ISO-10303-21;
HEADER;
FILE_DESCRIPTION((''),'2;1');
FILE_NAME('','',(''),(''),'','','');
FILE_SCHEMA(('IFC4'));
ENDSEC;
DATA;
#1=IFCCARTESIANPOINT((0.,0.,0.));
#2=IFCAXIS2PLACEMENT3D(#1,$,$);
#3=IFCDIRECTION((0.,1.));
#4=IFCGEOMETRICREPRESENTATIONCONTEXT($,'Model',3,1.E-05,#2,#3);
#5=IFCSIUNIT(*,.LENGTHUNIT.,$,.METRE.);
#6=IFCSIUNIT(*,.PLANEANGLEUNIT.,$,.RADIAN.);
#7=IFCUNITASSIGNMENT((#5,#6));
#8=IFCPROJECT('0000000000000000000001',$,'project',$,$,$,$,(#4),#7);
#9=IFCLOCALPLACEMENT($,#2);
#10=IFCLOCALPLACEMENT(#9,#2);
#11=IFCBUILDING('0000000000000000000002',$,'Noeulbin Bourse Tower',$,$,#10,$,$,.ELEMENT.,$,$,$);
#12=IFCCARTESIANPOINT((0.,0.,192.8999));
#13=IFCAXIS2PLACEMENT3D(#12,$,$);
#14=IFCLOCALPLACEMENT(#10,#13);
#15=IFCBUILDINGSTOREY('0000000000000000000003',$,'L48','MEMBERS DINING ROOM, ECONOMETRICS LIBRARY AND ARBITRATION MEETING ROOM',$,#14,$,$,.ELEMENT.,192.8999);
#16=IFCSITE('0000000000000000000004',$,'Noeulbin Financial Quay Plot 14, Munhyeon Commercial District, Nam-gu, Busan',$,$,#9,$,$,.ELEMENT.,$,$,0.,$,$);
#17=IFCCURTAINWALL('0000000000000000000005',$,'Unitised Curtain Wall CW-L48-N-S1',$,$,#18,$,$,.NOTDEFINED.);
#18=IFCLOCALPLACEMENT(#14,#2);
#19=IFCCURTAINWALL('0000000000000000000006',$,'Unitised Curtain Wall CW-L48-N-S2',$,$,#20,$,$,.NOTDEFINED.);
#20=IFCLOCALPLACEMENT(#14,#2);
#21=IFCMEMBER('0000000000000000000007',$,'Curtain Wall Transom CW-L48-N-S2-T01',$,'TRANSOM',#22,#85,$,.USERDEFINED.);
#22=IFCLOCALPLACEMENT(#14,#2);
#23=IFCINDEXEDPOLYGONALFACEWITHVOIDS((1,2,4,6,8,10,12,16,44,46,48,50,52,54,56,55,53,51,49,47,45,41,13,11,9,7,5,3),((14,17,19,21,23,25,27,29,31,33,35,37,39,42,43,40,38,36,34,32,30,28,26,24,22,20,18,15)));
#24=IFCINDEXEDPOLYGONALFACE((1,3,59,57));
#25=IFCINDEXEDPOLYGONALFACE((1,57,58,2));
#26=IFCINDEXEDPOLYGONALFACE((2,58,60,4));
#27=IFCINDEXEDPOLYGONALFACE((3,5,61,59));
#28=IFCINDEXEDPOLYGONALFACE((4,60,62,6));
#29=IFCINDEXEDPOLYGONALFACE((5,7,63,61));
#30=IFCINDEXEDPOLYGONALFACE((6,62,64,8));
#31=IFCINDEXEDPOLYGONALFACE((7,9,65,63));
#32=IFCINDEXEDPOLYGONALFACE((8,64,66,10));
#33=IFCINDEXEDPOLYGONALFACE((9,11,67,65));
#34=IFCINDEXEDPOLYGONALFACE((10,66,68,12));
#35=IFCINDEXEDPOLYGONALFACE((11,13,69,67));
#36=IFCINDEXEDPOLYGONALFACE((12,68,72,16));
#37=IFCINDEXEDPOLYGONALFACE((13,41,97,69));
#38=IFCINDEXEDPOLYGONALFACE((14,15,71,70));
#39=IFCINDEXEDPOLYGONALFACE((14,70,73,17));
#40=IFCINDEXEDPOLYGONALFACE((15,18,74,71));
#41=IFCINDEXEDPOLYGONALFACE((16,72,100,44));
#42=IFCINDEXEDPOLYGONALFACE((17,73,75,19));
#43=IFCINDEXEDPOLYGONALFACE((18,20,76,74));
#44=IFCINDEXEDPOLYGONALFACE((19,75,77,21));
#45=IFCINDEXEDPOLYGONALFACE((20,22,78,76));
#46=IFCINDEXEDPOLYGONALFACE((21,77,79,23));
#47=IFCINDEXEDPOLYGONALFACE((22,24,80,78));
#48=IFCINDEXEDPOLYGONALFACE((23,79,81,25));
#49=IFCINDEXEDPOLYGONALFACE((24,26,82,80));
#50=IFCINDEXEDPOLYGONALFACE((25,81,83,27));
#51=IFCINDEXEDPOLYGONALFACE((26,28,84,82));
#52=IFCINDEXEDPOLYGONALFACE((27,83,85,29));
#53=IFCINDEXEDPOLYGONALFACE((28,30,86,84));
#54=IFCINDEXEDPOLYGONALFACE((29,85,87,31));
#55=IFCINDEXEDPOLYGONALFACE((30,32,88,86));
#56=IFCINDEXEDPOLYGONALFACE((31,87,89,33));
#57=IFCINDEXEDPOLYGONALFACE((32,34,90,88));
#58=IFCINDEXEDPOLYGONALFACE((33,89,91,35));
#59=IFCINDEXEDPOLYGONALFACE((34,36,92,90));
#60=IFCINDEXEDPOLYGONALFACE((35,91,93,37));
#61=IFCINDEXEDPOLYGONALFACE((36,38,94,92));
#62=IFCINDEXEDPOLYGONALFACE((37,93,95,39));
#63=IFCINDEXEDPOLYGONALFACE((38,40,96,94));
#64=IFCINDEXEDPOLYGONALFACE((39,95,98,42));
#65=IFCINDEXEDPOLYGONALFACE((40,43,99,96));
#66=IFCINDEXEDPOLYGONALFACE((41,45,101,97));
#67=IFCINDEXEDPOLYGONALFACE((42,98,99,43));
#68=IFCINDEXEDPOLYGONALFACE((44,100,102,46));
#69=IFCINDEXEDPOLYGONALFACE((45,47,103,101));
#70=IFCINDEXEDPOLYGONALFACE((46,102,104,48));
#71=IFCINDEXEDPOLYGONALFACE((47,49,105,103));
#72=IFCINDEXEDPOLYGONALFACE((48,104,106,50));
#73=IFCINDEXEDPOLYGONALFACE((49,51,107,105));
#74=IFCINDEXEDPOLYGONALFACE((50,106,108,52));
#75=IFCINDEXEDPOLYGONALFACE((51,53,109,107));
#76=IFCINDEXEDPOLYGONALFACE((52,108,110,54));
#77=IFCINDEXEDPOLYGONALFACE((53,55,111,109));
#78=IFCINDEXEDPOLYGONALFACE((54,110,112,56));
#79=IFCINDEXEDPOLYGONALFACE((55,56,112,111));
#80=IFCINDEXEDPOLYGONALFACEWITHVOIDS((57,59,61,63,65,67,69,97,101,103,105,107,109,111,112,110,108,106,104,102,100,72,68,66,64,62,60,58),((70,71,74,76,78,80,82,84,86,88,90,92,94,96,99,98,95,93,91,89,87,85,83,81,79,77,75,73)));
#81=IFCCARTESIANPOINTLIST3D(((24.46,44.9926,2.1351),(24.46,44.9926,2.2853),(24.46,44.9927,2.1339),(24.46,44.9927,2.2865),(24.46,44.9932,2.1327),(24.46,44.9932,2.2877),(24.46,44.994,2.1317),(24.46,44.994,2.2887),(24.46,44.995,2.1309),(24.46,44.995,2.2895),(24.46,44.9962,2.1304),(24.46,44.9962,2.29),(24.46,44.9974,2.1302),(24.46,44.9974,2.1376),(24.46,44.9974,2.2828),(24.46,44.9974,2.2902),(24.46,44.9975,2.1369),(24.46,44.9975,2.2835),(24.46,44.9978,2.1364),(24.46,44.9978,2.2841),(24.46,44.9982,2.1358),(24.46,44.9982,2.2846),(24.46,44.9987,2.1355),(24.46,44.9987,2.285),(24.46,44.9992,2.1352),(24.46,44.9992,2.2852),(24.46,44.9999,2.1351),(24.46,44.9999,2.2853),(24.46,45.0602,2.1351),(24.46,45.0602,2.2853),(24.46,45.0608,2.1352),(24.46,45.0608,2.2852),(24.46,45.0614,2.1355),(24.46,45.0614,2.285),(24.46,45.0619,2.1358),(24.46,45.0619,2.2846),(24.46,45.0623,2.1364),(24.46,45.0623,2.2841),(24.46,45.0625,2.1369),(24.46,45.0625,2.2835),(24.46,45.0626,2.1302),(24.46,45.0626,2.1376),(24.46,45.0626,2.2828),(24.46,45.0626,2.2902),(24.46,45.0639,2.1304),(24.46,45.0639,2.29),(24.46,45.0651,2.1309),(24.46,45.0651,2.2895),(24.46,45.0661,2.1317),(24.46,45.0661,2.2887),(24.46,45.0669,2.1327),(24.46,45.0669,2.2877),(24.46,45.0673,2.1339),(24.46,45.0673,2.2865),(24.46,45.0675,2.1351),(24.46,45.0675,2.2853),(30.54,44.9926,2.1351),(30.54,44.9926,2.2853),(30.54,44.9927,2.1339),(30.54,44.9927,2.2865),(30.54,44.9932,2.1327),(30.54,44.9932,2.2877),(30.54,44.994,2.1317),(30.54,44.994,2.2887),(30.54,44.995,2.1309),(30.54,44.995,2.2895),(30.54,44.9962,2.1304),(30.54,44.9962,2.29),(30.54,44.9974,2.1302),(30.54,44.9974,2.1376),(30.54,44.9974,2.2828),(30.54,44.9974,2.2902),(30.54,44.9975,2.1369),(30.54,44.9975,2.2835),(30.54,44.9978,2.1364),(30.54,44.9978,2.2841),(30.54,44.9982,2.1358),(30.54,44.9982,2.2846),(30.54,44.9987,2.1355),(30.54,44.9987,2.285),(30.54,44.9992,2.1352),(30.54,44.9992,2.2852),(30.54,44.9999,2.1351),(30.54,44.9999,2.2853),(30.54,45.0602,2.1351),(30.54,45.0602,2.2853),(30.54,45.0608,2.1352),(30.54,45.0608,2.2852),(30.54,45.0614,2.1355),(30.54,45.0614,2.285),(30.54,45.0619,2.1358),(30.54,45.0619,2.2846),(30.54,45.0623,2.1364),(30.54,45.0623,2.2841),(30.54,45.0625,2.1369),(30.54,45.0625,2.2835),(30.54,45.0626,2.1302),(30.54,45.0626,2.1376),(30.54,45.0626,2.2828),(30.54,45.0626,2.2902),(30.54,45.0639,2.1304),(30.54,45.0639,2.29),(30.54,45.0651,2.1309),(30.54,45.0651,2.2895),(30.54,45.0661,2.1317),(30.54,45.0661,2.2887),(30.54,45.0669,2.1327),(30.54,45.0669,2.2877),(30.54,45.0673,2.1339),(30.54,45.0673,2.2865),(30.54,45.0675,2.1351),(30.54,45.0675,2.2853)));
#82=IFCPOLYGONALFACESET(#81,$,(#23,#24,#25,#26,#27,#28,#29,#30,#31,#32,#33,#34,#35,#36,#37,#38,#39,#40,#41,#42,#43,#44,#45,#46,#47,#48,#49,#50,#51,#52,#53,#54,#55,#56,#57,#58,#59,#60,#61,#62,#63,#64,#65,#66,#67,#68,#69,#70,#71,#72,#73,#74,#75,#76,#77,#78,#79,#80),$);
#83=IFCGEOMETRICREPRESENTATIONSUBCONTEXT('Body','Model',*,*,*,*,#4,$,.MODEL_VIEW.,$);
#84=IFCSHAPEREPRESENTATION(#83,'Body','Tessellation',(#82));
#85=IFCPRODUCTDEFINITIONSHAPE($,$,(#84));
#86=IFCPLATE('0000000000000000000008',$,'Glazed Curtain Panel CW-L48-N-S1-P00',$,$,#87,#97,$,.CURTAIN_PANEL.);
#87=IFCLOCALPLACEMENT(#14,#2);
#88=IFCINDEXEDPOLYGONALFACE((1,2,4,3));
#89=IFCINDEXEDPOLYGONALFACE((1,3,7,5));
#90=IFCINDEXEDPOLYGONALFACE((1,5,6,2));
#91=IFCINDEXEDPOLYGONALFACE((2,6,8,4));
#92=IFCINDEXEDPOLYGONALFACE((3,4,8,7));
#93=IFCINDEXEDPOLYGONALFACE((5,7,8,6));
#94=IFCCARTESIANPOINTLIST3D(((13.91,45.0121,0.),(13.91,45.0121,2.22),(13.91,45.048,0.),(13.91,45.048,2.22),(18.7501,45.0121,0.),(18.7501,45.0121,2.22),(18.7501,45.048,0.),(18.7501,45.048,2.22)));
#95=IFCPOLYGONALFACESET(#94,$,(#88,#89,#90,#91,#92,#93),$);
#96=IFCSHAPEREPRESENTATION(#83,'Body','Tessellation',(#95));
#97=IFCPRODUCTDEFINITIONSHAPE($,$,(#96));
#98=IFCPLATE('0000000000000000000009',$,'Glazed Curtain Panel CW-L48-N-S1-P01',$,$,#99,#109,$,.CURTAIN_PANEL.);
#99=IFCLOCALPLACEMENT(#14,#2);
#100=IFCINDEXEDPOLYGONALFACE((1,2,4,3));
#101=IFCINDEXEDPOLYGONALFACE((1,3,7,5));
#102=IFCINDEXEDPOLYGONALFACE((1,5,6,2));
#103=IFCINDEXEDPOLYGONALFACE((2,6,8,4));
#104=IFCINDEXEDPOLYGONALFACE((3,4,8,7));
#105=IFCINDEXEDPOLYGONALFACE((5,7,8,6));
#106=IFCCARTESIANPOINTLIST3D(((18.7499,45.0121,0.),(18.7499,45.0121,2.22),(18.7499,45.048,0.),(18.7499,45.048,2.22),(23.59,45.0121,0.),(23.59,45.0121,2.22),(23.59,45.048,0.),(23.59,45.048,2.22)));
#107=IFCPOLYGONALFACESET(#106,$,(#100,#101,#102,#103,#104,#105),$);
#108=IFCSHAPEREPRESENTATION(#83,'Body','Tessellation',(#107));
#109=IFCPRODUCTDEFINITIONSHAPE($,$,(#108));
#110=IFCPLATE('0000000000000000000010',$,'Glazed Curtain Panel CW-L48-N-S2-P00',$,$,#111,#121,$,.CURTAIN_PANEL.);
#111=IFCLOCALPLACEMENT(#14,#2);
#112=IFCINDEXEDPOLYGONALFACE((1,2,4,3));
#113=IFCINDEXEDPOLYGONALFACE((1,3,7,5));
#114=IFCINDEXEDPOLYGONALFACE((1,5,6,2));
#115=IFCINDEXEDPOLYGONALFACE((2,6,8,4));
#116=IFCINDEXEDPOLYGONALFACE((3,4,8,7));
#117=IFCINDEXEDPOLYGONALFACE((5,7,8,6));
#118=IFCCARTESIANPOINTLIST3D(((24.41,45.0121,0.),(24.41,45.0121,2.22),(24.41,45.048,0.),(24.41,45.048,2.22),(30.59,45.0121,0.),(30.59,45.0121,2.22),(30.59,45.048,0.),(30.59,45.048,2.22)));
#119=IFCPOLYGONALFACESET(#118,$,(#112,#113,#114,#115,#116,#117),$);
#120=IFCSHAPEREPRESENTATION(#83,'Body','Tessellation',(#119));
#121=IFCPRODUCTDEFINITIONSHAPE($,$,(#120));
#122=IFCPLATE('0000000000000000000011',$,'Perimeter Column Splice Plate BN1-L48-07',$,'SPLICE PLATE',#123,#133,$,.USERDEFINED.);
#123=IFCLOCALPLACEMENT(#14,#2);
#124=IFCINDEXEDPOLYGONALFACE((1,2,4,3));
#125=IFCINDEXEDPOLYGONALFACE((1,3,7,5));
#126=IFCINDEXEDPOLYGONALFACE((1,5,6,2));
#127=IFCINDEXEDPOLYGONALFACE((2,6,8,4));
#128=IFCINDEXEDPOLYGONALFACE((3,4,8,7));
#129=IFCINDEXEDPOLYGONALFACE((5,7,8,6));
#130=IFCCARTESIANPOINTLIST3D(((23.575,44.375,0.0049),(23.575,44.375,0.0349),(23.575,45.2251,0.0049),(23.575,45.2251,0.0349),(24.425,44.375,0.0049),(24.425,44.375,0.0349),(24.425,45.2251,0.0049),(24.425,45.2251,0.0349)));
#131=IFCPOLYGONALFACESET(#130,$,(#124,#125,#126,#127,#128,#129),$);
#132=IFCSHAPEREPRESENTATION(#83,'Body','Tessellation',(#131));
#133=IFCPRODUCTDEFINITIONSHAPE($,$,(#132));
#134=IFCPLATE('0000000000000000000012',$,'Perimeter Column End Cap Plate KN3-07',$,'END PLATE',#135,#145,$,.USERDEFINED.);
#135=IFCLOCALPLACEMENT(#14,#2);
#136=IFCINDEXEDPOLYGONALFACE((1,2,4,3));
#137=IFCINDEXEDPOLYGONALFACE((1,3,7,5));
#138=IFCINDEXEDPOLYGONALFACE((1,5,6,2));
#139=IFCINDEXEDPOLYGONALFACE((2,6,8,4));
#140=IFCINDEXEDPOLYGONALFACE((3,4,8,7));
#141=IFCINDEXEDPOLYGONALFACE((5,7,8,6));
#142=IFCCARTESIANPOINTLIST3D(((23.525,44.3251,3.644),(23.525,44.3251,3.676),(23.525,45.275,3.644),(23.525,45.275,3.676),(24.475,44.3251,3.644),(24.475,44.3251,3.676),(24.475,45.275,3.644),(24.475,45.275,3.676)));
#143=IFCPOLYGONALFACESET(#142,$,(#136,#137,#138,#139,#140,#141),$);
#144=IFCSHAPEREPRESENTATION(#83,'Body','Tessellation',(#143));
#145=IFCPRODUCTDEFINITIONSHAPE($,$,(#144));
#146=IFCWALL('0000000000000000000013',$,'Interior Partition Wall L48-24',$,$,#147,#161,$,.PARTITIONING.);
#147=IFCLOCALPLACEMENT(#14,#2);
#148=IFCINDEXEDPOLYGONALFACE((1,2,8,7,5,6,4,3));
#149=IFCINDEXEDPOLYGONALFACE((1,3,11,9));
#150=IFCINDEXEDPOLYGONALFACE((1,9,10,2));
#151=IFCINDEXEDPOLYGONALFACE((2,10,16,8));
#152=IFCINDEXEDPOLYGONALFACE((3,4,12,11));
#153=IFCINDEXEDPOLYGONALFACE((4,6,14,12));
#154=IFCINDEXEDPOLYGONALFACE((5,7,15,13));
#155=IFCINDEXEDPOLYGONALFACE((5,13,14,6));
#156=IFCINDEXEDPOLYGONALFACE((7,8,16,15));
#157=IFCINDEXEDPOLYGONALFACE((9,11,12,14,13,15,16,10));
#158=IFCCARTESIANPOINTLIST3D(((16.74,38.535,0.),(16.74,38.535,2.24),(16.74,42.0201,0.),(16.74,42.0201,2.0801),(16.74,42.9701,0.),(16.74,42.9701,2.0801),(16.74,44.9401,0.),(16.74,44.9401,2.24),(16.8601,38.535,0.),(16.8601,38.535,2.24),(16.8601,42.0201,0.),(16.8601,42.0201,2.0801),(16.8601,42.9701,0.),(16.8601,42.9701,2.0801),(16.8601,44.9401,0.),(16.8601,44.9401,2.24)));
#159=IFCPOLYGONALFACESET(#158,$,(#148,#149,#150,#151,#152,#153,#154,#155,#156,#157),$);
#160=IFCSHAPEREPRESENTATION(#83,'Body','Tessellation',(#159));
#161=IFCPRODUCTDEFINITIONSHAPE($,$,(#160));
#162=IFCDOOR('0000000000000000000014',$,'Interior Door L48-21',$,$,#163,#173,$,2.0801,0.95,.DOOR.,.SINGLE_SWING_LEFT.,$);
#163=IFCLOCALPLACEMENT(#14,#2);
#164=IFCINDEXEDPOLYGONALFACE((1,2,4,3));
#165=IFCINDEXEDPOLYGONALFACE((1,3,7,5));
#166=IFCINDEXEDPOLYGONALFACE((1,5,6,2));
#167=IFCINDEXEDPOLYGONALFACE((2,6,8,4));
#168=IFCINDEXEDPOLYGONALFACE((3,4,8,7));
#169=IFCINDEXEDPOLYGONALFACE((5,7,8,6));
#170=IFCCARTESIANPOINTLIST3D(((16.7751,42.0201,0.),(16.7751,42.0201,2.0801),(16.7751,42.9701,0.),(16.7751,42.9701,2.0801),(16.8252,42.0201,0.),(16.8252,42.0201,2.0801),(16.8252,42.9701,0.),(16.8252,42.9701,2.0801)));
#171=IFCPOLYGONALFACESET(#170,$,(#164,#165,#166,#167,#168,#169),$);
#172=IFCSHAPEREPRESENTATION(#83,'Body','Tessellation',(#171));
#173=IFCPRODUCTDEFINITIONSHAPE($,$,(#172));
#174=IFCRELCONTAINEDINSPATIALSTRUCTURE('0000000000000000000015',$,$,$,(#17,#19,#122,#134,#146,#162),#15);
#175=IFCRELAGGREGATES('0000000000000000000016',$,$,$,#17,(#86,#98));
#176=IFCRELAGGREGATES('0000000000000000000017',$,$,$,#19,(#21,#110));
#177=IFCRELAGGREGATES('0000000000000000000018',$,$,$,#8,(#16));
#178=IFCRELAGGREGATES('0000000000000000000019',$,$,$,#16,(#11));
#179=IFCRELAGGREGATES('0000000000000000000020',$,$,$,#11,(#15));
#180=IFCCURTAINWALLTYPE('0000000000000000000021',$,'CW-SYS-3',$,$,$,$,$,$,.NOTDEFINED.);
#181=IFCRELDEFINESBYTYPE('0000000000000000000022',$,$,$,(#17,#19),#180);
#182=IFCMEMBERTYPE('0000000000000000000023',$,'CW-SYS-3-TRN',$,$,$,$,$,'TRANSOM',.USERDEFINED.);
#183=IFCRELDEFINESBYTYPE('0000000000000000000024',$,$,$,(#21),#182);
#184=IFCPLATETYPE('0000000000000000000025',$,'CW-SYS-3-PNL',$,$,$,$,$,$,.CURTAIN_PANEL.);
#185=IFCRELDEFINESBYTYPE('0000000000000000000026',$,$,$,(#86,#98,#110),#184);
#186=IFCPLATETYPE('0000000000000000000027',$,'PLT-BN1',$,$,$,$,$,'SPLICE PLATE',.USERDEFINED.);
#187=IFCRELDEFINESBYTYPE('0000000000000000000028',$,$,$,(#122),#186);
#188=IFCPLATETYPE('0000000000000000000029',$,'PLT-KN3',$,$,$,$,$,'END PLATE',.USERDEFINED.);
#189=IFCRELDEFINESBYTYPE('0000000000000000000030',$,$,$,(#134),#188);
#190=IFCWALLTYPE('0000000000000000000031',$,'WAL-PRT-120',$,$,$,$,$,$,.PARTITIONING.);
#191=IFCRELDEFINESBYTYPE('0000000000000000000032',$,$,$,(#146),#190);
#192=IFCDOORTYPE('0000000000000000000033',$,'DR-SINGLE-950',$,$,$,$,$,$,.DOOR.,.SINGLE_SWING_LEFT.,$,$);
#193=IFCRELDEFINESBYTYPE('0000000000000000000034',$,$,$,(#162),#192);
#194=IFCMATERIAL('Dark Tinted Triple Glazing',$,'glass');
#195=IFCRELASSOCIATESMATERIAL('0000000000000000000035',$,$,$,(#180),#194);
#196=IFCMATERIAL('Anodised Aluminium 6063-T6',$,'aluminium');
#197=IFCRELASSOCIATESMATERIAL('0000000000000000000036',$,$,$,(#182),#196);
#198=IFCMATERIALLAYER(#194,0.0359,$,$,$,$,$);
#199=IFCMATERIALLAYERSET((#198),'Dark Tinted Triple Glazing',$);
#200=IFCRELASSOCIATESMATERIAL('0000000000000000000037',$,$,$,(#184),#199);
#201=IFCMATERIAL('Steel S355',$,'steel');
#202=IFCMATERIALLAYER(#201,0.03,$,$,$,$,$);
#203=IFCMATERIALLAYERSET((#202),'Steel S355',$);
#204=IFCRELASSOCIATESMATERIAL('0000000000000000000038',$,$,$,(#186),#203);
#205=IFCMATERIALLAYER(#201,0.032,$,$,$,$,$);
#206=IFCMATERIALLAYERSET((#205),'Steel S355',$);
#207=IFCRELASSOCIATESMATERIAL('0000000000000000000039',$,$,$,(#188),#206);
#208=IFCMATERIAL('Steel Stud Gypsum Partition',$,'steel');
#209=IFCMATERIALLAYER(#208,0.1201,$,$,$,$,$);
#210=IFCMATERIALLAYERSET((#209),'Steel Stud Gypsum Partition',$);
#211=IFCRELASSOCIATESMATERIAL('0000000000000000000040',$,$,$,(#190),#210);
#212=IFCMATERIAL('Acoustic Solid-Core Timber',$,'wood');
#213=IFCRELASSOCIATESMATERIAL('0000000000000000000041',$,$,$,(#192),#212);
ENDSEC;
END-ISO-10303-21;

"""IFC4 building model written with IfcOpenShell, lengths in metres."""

from ifc_helpers import new_model, si_unit, direction, frame, frame_2d, origin, origin_2d, place, context, subcontext, project, spatial, rectangle, hollow_rectangle, extrude, material, layer, layer_set, material_profile, profile_set, type_object, element, fill, aggregate, save


model = new_model("IFC4")

# Units and contexts
model_context = context("Model", 3, precision=1e-05, world=origin(), true_north=direction((0.0, 1.0)))
body_context = subcontext(model_context, "Body", "Model", "MODEL_VIEW")
ifc_project = project(units=[si_unit("LENGTHUNIT", "METRE"), si_unit("PLANEANGLEUNIT", "RADIAN")], contexts=[model_context])

# Site, building, storey
site_placement = place(None, origin())
site = spatial("IfcSite", under=ifc_project, at=site_placement, Name="Noeulbin Financial Quay Plot 14, Munhyeon Commercial District, Nam-gu, Busan", CompositionType="ELEMENT", RefElevation=0.0)
building_placement = place(site_placement, origin())
building = spatial("IfcBuilding", under=site, at=building_placement, Name="Noeulbin Bourse Tower", CompositionType="ELEMENT")
storey_placement = place(building_placement, frame((0.0, 0.0, 192.8999)))
storey = spatial("IfcBuildingStorey", under=building, at=storey_placement, Name="L48", Description="MEMBERS DINING ROOM, ECONOMETRICS LIBRARY AND ARBITRATION MEETING ROOM", CompositionType="ELEMENT", Elevation=192.8999)

# Shared definitions
ifc_material_1 = material(Name="Steel S355", Category="steel")

# Curtain walls, member
ifc_material_2 = material(Name="Dark Tinted Triple Glazing", Category="glass")
curtain_wall_type = type_object("IfcCurtainWallType", Name="CW-SYS-3", PredefinedType="NOTDEFINED", material=ifc_material_2)
curtain_wall_1_placement = place(storey_placement, origin())
curtain_wall_1 = element("IfcCurtainWall", 1, at=curtain_wall_1_placement, inside=storey, type_object=curtain_wall_type, Name="Unitised Curtain Wall CW-L48-N-S1", PredefinedType="NOTDEFINED")
ifc_material_3 = material(Name="Anodised Aluminium 6063-T6", Category="aluminium")
curtain_wall_2_placement = place(storey_placement, origin())
curtain_wall_2 = element("IfcCurtainWall", 2, at=curtain_wall_2_placement, inside=storey, type_object=curtain_wall_type, Name="Unitised Curtain Wall CW-L48-N-S2", PredefinedType="NOTDEFINED")
ifc_material_profile_1 = material_profile(ifc_material_3, hollow_rectangle(XDim=0.075, YDim=0.1599, WallThickness=0.0049, InnerFilletRadius=0.0024, OuterFilletRadius=0.0049, at=origin_2d()), Name="ALU-TRAN-75x160x5", Category="LoadBearing")
ifc_profile_set_1 = profile_set([ifc_material_profile_1], Name="Anodised Aluminium 6063-T6")
member_type_1 = type_object("IfcMemberType", Name="CW-SYS-3-TRN", ElementType="TRANSOM", PredefinedType="USERDEFINED", material=ifc_profile_set_1)
member_1_placement = place(storey_placement, frame((24.46, 45.03, 2.2102), z_axis=(1.0, 0.0, 0.0), x_axis=(0.0, 1.0, 0.0)))
member_1 = element("IfcMember", 3, at=member_1_placement, type_object=member_type_1, Name="Curtain Wall Transom CW-L48-N-S2-T01", ObjectType="TRANSOM", PredefinedType="USERDEFINED", context=body_context, shape_type="SweptSolid", body=[
    extrude(hollow_rectangle(XDim=0.075, YDim=0.1599, WallThickness=0.0049, InnerFilletRadius=0.0024, OuterFilletRadius=0.0049, at=origin_2d()), origin(), (0.0, 0.0, 1.0), 6.0801),
])

# Plates
ifc_layer_1 = layer(ifc_material_2, 0.0359)
ifc_layer_set_1 = layer_set([ifc_layer_1], Name="Dark Tinted Triple Glazing")
plate_type_1 = type_object("IfcPlateType", Name="CW-SYS-3-PNL", PredefinedType="CURTAIN_PANEL", material=ifc_layer_set_1)
plate_1_placement = place(storey_placement, frame((16.3301, 45.03, 0.0), z_axis=(0.0, 0.0, 1.0), x_axis=(1.0, 0.0, 0.0)))
plate_1 = element("IfcPlate", 4, at=plate_1_placement, type_object=plate_type_1, Name="Glazed Curtain Panel CW-L48-N-S1-P00", PredefinedType="CURTAIN_PANEL", context=body_context, shape_type="SweptSolid", body=[
    extrude(rectangle(XDim=4.8401, YDim=0.0359, at=origin_2d()), origin(), (0.0, 0.0, 1.0), 2.22),
])
plate_2_placement = place(storey_placement, frame((21.1699, 45.03, 0.0), z_axis=(0.0, 0.0, 1.0), x_axis=(1.0, 0.0, 0.0)))
plate_2 = element("IfcPlate", 5, at=plate_2_placement, type_object=plate_type_1, Name="Glazed Curtain Panel CW-L48-N-S1-P01", PredefinedType="CURTAIN_PANEL", context=body_context, shape_type="SweptSolid", body=[
    extrude(rectangle(XDim=4.8401, YDim=0.0359, at=origin_2d()), origin(), (0.0, 0.0, 1.0), 2.22),
])
aggregate(curtain_wall_1, [plate_1, plate_2])
plate_3_placement = place(storey_placement, frame((27.5, 45.03, 0.0), z_axis=(0.0, 0.0, 1.0), x_axis=(1.0, 0.0, 0.0)))
plate_3 = element("IfcPlate", 6, at=plate_3_placement, type_object=plate_type_1, Name="Glazed Curtain Panel CW-L48-N-S2-P00", PredefinedType="CURTAIN_PANEL", context=body_context, shape_type="SweptSolid", body=[
    extrude(rectangle(XDim=6.1799, YDim=0.0359, at=origin_2d()), origin(), (0.0, 0.0, 1.0), 2.22),
])
aggregate(curtain_wall_2, [member_1, plate_3])

# Plates
ifc_layer_2 = layer(ifc_material_1, 0.03)
ifc_layer_set_2 = layer_set([ifc_layer_2], Name="Steel S355")
plate_type_2 = type_object("IfcPlateType", Name="PLT-BN1", ElementType="SPLICE PLATE", PredefinedType="USERDEFINED", material=ifc_layer_set_2)
plate_4_placement = place(storey_placement, frame((24.0, 44.8, 0.0049), z_axis=(0.0, 0.0, 1.0), x_axis=(1.0, 0.0, 0.0)))
element("IfcPlate", 7, at=plate_4_placement, inside=storey, type_object=plate_type_2, Name="Perimeter Column Splice Plate BN1-L48-07", ObjectType="SPLICE PLATE", PredefinedType="USERDEFINED", context=body_context, shape_type="SweptSolid", body=[
    extrude(rectangle(XDim=0.8501, YDim=0.8501, at=origin_2d()), origin(), (0.0, 0.0, 1.0), 0.03),
])
ifc_layer_3 = layer(ifc_material_1, 0.032)
ifc_layer_set_3 = layer_set([ifc_layer_3], Name="Steel S355")
plate_type_3 = type_object("IfcPlateType", Name="PLT-KN3", ElementType="END PLATE", PredefinedType="USERDEFINED", material=ifc_layer_set_3)
plate_5_placement = place(storey_placement, frame((24.0, 44.8, 3.644), z_axis=(0.0, 0.0, 1.0), x_axis=(1.0, 0.0, 0.0)))
element("IfcPlate", 8, at=plate_5_placement, inside=storey, type_object=plate_type_3, Name="Perimeter Column End Cap Plate KN3-07", ObjectType="END PLATE", PredefinedType="USERDEFINED", context=body_context, shape_type="SweptSolid", body=[
    extrude(rectangle(XDim=0.95, YDim=0.95, at=origin_2d()), origin(), (0.0, 0.0, 1.0), 0.032),
])

# Wall, opening, door
ifc_material_4 = material(Name="Steel Stud Gypsum Partition", Category="steel")
ifc_layer_4 = layer(ifc_material_4, 0.1201)
ifc_layer_set_4 = layer_set([ifc_layer_4], Name="Steel Stud Gypsum Partition")
wall_type = type_object("IfcWallType", Name="WAL-PRT-120", PredefinedType="PARTITIONING", material=ifc_layer_set_4)
wall_1_placement = place(storey_placement, frame((16.8, 38.5349, 0.0), z_axis=(0.0, 0.0, 1.0), x_axis=(0.0, 1.0, 0.0)))
wall_1 = element("IfcWall", 9, at=wall_1_placement, inside=storey, type_object=wall_type, Name="Interior Partition Wall L48-24", PredefinedType="PARTITIONING", context=body_context, shape_type="SweptSolid", body=[
    extrude(rectangle(XDim=6.405, YDim=0.1201, at=frame_2d((3.2026, 0.0))), origin(), (0.0, 0.0, 1.0), 2.24),
])
opening_1_placement = place(wall_1_placement, frame((3.4851, 0.0, 0.0)))
opening_1 = element("IfcOpeningElement", 10, at=opening_1_placement, cuts=wall_1, PredefinedType="OPENING", context=body_context, shape_type="SweptSolid", body=[
    extrude(rectangle(XDim=0.95, YDim=2.0801, at=frame_2d((0.4751, 1.04))), frame((0.0, 0.0701, 0.0), z_axis=(0.0, -1.0, 0.0), x_axis=(1.0, 0.0, 0.0)), (0.0, 0.0, 1.0), 0.1401),
])
ifc_material_5 = material(Name="Acoustic Solid-Core Timber", Category="wood")
door_type = type_object("IfcDoorType", Name="DR-SINGLE-950", OperationType="SINGLE_SWING_LEFT", PredefinedType="DOOR", material=ifc_material_5)
door_1_placement = place(opening_1_placement, origin())
door_1 = element("IfcDoor", 11, at=door_1_placement, inside=storey, type_object=door_type, Name="Interior Door L48-21", OperationType="SINGLE_SWING_LEFT", OverallHeight=2.0801, OverallWidth=0.95, PredefinedType="DOOR", context=body_context, shape_type="SweptSolid", body=[
    extrude(rectangle(XDim=0.95, YDim=2.0801, at=frame_2d((0.4751, 1.04))), frame((0.0, 0.0249, 0.0), z_axis=(0.0, -1.0, 0.0), x_axis=(1.0, 0.0, 0.0)), (0.0, 0.0, 1.0), 0.05),
])
fill(opening_1, door_1)

save(model, "model.ifc")
